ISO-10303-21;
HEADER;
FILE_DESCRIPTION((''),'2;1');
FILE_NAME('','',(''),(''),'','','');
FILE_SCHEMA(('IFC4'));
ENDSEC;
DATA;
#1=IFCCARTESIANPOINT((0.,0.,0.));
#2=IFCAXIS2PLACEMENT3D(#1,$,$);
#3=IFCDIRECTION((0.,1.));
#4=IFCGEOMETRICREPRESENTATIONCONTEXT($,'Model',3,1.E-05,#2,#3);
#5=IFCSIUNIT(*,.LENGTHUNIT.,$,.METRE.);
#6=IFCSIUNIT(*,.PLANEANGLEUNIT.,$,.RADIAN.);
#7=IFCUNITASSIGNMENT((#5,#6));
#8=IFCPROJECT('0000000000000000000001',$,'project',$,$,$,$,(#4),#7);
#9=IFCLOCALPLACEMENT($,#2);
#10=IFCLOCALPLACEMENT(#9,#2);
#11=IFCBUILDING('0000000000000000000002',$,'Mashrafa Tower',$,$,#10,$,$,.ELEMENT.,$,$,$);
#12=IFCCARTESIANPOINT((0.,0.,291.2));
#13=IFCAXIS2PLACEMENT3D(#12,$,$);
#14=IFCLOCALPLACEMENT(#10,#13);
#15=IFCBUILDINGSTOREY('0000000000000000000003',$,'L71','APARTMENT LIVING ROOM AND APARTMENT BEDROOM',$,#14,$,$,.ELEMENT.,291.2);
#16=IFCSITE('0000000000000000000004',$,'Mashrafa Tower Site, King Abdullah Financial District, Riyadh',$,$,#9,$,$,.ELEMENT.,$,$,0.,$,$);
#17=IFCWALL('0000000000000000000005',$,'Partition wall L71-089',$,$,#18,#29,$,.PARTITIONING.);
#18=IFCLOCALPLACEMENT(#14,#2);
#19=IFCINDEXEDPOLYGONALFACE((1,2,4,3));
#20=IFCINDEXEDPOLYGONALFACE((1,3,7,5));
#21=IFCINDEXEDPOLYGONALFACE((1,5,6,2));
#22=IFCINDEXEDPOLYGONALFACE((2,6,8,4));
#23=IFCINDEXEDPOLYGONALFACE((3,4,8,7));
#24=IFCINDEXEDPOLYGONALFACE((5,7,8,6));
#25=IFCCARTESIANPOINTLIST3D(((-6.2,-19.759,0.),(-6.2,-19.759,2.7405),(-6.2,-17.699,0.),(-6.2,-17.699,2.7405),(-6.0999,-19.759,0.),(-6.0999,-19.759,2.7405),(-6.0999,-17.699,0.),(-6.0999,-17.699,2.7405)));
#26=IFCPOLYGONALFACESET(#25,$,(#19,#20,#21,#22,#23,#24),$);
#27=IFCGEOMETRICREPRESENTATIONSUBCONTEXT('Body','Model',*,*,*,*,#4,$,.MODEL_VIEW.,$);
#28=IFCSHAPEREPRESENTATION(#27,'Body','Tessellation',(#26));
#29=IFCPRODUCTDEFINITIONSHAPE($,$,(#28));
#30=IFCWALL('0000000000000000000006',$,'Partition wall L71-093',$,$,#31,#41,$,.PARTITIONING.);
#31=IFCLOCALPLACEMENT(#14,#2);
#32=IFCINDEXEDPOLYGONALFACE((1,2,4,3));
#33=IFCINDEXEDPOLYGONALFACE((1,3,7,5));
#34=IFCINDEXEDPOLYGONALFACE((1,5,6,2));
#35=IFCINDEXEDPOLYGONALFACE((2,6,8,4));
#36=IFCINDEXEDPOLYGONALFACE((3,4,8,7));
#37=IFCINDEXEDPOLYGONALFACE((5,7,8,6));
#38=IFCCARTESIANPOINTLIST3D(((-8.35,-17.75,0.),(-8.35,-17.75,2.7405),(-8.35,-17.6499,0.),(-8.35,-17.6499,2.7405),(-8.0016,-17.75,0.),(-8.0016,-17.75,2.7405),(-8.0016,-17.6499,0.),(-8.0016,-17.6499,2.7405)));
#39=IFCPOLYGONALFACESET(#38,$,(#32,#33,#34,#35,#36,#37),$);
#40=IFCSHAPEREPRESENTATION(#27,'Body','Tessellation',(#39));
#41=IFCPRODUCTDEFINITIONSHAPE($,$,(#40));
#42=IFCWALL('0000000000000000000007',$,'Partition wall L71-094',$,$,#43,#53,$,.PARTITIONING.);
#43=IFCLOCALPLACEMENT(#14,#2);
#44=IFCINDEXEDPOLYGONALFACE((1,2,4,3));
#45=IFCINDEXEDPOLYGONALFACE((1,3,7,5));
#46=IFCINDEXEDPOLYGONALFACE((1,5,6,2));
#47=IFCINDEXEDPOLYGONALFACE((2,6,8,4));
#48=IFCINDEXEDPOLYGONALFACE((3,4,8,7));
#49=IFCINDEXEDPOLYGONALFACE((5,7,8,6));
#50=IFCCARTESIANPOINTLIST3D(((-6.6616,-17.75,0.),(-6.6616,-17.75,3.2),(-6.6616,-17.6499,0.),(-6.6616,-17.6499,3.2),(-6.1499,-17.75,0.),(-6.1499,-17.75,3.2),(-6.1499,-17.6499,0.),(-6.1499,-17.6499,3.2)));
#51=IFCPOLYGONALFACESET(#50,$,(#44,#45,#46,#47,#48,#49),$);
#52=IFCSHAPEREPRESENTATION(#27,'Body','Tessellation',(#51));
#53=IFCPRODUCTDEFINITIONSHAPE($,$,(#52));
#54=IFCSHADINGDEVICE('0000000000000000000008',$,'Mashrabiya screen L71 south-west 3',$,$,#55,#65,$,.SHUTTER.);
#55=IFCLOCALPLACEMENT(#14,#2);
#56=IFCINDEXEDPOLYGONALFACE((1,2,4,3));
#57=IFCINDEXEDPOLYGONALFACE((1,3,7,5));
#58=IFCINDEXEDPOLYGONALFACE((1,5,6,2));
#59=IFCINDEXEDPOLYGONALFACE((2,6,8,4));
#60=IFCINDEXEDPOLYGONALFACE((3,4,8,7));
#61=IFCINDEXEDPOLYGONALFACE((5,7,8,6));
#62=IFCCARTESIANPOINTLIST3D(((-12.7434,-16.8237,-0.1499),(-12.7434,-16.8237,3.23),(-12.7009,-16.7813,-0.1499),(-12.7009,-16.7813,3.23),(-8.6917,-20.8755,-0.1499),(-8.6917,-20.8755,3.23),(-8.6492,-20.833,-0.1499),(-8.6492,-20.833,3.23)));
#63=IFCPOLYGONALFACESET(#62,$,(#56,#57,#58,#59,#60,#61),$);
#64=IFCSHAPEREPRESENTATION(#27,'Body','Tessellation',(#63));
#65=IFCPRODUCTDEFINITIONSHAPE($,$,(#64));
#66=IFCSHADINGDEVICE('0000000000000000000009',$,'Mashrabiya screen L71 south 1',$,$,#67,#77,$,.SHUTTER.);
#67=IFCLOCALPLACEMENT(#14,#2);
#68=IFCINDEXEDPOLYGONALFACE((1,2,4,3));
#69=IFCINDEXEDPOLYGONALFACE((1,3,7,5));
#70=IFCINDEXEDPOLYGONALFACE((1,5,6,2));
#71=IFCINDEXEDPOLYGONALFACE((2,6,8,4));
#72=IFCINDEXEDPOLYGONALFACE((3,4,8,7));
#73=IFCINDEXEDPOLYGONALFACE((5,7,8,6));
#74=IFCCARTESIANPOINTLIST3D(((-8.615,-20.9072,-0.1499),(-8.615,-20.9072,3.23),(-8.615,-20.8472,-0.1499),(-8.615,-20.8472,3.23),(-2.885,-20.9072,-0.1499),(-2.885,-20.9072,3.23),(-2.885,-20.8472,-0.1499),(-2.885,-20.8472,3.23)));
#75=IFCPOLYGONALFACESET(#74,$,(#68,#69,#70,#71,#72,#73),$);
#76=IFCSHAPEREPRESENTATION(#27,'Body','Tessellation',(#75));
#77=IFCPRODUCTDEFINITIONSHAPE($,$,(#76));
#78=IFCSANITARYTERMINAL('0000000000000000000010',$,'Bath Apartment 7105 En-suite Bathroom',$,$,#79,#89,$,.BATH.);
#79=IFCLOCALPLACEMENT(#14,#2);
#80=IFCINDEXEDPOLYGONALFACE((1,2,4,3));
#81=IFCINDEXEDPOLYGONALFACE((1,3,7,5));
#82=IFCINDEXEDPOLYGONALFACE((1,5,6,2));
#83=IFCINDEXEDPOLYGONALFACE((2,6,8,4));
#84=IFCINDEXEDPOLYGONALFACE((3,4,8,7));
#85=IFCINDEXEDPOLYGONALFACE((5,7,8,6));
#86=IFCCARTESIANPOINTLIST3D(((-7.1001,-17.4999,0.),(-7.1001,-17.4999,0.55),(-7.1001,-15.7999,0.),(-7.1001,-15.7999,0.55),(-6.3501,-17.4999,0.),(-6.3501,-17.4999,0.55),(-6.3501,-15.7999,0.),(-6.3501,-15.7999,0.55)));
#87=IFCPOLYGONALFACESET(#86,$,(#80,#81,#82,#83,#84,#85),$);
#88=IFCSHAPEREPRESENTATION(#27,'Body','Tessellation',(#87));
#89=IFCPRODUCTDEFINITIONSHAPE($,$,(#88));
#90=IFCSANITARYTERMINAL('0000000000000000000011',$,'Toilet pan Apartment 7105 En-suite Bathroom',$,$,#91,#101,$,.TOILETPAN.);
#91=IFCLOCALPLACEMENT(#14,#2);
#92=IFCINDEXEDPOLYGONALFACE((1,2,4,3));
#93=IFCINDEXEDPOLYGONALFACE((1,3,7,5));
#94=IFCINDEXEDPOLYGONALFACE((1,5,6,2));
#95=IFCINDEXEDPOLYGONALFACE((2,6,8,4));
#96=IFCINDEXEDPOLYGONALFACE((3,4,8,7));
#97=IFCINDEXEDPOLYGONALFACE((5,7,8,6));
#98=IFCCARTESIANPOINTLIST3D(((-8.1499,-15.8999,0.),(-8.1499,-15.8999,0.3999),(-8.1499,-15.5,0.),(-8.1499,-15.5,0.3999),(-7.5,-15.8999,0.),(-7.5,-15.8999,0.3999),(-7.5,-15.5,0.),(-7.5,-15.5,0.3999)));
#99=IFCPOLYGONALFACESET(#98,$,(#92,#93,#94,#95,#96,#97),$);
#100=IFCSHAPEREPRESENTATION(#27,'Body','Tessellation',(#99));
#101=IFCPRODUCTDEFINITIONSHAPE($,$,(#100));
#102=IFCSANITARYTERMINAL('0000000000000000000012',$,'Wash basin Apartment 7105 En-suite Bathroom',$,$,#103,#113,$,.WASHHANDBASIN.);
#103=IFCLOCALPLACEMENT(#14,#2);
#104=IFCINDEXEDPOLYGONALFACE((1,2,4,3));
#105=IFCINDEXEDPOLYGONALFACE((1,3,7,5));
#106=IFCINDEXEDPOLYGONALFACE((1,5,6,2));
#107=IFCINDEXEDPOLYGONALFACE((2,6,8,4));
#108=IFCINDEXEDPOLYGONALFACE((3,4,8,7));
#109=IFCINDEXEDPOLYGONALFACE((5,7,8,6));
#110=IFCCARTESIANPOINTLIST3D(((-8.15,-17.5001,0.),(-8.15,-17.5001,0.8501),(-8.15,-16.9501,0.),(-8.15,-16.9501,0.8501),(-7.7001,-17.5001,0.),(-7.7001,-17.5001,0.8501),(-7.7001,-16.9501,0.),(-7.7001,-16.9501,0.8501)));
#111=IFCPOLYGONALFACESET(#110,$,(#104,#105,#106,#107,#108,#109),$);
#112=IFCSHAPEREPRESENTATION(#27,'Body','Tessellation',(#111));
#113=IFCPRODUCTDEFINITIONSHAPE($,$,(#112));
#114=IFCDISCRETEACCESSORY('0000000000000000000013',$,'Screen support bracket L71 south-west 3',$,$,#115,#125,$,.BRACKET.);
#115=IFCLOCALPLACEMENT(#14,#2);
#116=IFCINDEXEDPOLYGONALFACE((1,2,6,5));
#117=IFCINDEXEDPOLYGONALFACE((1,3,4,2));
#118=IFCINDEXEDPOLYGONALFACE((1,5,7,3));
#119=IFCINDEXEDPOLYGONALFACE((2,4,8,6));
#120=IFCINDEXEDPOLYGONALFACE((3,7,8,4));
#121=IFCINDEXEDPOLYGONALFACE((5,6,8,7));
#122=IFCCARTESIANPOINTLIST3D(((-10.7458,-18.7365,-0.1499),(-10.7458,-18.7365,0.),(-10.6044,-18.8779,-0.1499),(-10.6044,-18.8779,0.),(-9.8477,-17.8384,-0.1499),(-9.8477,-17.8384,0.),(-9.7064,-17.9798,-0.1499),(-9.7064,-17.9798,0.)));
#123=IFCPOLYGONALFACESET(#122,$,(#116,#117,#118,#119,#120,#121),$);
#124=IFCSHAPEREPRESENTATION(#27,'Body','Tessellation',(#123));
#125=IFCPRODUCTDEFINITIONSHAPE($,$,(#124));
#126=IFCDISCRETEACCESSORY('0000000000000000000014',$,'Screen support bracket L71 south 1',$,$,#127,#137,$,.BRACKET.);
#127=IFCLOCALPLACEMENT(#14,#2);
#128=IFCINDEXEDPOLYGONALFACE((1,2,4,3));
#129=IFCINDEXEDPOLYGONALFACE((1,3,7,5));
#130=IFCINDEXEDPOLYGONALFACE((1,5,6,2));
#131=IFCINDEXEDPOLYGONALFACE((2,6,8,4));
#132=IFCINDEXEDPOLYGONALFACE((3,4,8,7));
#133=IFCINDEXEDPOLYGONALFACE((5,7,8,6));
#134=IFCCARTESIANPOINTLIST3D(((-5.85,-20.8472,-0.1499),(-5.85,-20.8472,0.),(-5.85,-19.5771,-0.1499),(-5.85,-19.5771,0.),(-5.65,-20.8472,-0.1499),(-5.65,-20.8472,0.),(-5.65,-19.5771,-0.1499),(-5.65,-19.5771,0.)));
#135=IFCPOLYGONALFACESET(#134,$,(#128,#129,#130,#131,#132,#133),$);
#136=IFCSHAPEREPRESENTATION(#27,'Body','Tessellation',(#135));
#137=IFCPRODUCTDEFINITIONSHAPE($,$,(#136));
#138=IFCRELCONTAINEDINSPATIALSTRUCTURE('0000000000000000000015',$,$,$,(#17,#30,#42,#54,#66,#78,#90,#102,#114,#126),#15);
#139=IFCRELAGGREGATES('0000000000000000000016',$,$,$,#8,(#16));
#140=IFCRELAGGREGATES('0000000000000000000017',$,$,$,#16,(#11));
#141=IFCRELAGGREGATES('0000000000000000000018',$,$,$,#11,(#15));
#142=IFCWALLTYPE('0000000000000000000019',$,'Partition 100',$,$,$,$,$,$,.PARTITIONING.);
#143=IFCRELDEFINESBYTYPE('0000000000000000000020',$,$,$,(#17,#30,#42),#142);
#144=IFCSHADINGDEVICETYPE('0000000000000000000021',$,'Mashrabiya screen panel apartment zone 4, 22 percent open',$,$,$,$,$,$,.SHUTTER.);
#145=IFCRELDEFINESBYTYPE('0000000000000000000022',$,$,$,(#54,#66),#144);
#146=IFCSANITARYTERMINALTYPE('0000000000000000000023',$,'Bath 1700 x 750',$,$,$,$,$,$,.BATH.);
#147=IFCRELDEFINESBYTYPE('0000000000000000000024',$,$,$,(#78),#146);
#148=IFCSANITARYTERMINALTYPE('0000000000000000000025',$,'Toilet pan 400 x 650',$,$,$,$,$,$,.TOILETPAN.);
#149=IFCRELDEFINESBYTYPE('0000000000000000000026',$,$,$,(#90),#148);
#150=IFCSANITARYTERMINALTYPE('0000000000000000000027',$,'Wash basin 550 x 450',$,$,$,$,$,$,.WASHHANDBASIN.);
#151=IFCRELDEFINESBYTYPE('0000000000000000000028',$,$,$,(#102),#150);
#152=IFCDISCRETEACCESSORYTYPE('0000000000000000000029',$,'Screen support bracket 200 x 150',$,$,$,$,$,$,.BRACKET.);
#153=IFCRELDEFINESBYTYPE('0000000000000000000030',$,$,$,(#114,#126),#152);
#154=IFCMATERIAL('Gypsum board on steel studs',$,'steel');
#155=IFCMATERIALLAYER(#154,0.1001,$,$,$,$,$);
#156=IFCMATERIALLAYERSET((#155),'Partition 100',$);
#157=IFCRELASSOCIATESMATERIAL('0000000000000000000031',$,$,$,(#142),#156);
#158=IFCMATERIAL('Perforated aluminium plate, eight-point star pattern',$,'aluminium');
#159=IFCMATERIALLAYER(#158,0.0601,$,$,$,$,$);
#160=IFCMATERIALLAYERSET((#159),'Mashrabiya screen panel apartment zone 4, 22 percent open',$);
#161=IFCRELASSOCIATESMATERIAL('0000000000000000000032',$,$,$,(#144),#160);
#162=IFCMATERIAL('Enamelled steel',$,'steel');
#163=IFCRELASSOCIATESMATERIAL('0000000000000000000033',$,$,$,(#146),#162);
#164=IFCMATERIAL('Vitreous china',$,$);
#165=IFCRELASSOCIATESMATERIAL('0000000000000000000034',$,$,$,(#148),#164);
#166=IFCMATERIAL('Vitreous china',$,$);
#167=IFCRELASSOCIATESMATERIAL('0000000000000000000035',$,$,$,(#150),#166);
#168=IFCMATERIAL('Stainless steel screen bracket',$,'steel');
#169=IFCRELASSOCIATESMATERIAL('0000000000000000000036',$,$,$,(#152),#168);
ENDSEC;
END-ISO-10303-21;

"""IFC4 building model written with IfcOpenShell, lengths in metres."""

from ifc_helpers import new_model, si_unit, direction, frame, frame_2d, origin, origin_2d, place, context, subcontext, project, spatial, rectangle, extrude, source, transform, mapped, material, layer, layer_set, type_object, type_shapes, element, save


model = new_model("IFC4")

# Units and contexts
model_context = context("Model", 3, precision=1e-05, world=origin(), true_north=direction((0.0, 1.0)))
body_context = subcontext(model_context, "Body", "Model", "MODEL_VIEW")
ifc_project = project(units=[si_unit("LENGTHUNIT", "METRE"), si_unit("PLANEANGLEUNIT", "RADIAN")], contexts=[model_context])

# Site, building, storey
site_placement = place(None, origin())
site = spatial("IfcSite", under=ifc_project, at=site_placement, Name="Mashrafa Tower Site, King Abdullah Financial District, Riyadh", CompositionType="ELEMENT", RefElevation=0.0)
building_placement = place(site_placement, origin())
building = spatial("IfcBuilding", under=site, at=building_placement, Name="Mashrafa Tower", CompositionType="ELEMENT")
storey_placement = place(building_placement, frame((0.0, 0.0, 291.2)))
storey = spatial("IfcBuildingStorey", under=building, at=storey_placement, Name="L71", Description="APARTMENT LIVING ROOM AND APARTMENT BEDROOM", CompositionType="ELEMENT", Elevation=291.2)

# Walls
ifc_material_1 = material(Name="Gypsum board on steel studs", Category="steel")
ifc_layer_1 = layer(ifc_material_1, 0.1001)
ifc_layer_set_1 = layer_set([ifc_layer_1], Name="Partition 100")
wall_type = type_object("IfcWallType", Name="Partition 100", PredefinedType="PARTITIONING", material=ifc_layer_set_1)
wall_1_placement = place(storey_placement, frame((-6.1499, -17.699, 0.0), z_axis=(0.0, 0.0, 1.0), x_axis=(0.0, -1.0, 0.0)))
element("IfcWall", 1, at=wall_1_placement, inside=storey, type_object=wall_type, Name="Partition wall L71-089", PredefinedType="PARTITIONING", context=body_context, shape_type="SweptSolid", body=[
    extrude(rectangle(XDim=2.0601, YDim=0.1001, at=frame_2d((1.03, 0.0))), origin(), (0.0, 0.0, 1.0), 2.7405),
])
wall_2_placement = place(storey_placement, frame((-8.3501, -17.7, 0.0), z_axis=(0.0, 0.0, 1.0), x_axis=(1.0, 0.0, 0.0)))
element("IfcWall", 2, at=wall_2_placement, inside=storey, type_object=wall_type, Name="Partition wall L71-093", PredefinedType="PARTITIONING", context=body_context, shape_type="SweptSolid", body=[
    extrude(rectangle(XDim=0.3484, YDim=0.1001, at=frame_2d((0.1743, 0.0))), origin(), (0.0, 0.0, 1.0), 2.7405),
])
wall_3_placement = place(storey_placement, frame((-6.6616, -17.7, 0.0), z_axis=(0.0, 0.0, 1.0), x_axis=(1.0, 0.0, 0.0)))
element("IfcWall", 3, at=wall_3_placement, inside=storey, type_object=wall_type, Name="Partition wall L71-094", PredefinedType="PARTITIONING", context=body_context, shape_type="SweptSolid", body=[
    extrude(rectangle(XDim=0.5117, YDim=0.1001, at=frame_2d((0.2559, 0.0))), origin(), (0.0, 0.0, 1.0), 3.2),
])

# Shading devices
ifc_material_2 = material(Name="Perforated aluminium plate, eight-point star pattern", Category="aluminium")
ifc_layer_2 = layer(ifc_material_2, 0.0601)
ifc_layer_set_2 = layer_set([ifc_layer_2], Name="Mashrabiya screen panel apartment zone 4, 22 percent open")
shading_device_type = type_object("IfcShadingDeviceType", Name="Mashrabiya screen panel apartment zone 4, 22 percent open", PredefinedType="SHUTTER", material=ifc_layer_set_2)
shared_shape_1 = source(origin(), body_context, "Body", "SweptSolid", [
    extrude(rectangle(XDim=5.73, YDim=0.0601, at=origin_2d()), origin(), (0.0, 0.0, 1.0), 3.3799),
])
type_shapes(shading_device_type, [shared_shape_1])
for number, where, z_axis, x_axis, name in (
    (4, (-10.6963, -18.8284, -0.1499), (0.0, 0.0, 1.0), (0.707107, -0.707107, 0.0), "Mashrabiya screen L71 south-west 3"),
    (5, (-5.75, -20.8772, -0.1499), (0.0, 0.0, 1.0), (1.0, 0.0, 0.0), "Mashrabiya screen L71 south 1"),
):
    element("IfcShadingDevice", number, at=place(storey_placement, frame(where, z_axis=z_axis, x_axis=x_axis)), inside=storey, type_object=shading_device_type, Name=name, PredefinedType="SHUTTER", context=body_context, shape_type="MappedRepresentation", body=[
        mapped(shared_shape_1, transform((0.0, 0.0, 0.0))),
    ])

# Sanitary terminals
ifc_material_3 = material(Name="Enamelled steel", Category="steel")
sanitary_terminal_type_1 = type_object("IfcSanitaryTerminalType", Name="Bath 1700 x 750", PredefinedType="BATH", material=ifc_material_3)
sanitary_terminal_1_placement = place(storey_placement, frame((-6.7251, -16.6499, 0.0), z_axis=(0.0, 0.0, 1.0), x_axis=(0.0, 1.0, 0.0)))
element("IfcSanitaryTerminal", 6, at=sanitary_terminal_1_placement, inside=storey, type_object=sanitary_terminal_type_1, Name="Bath Apartment 7105 En-suite Bathroom", PredefinedType="BATH", context=body_context, shape_type="SweptSolid", body=[
    extrude(rectangle(XDim=1.7, YDim=0.75, at=origin_2d()), origin(), (0.0, 0.0, 1.0), 0.55),
])
ifc_material_4 = material(Name="Vitreous china")
sanitary_terminal_type_2 = type_object("IfcSanitaryTerminalType", Name="Toilet pan 400 x 650", PredefinedType="TOILETPAN", material=ifc_material_4)
sanitary_terminal_2_placement = place(storey_placement, frame((-7.825, -15.7, 0.0), z_axis=(0.0, 0.0, 1.0), x_axis=(0.0, -1.0, 0.0)))
element("IfcSanitaryTerminal", 7, at=sanitary_terminal_2_placement, inside=storey, type_object=sanitary_terminal_type_2, Name="Toilet pan Apartment 7105 En-suite Bathroom", PredefinedType="TOILETPAN", context=body_context, shape_type="SweptSolid", body=[
    extrude(rectangle(XDim=0.3999, YDim=0.6499, at=origin_2d()), origin(), (0.0, 0.0, 1.0), 0.3999),
])
ifc_material_5 = material(Name="Vitreous china")
sanitary_terminal_type_3 = type_object("IfcSanitaryTerminalType", Name="Wash basin 550 x 450", PredefinedType="WASHHANDBASIN", material=ifc_material_5)
sanitary_terminal_3_placement = place(storey_placement, frame((-7.925, -17.2251, 0.0), z_axis=(0.0, 0.0, 1.0), x_axis=(0.0, -1.0, 0.0)))
element("IfcSanitaryTerminal", 8, at=sanitary_terminal_3_placement, inside=storey, type_object=sanitary_terminal_type_3, Name="Wash basin Apartment 7105 En-suite Bathroom", PredefinedType="WASHHANDBASIN", context=body_context, shape_type="SweptSolid", body=[
    extrude(rectangle(XDim=0.55, YDim=0.45, at=origin_2d()), origin(), (0.0, 0.0, 1.0), 0.8501),
])

# Discrete accessories
ifc_material_6 = material(Name="Stainless steel screen bracket", Category="steel")
discrete_accessory_type = type_object("IfcDiscreteAccessoryType", Name="Screen support bracket 200 x 150", PredefinedType="BRACKET", material=ifc_material_6)
shared_shape_2 = source(origin(), body_context, "Body", "SweptSolid", [
    extrude(rectangle(XDim=0.2, YDim=1.27, at=origin_2d()), origin(), (0.0, 0.0, 1.0), 0.1499),
])
type_shapes(discrete_accessory_type, [shared_shape_2])
for number, where, z_axis, x_axis, name in (
    (9, (-10.2261, -18.3582, -0.1499), (0.0, 0.0, 1.0), (0.707107, -0.707107, 0.0), "Screen support bracket L71 south-west 3"),
    (10, (-5.75, -20.2122, -0.1499), (0.0, 0.0, 1.0), (1.0, 0.0, 0.0), "Screen support bracket L71 south 1"),
):
    element("IfcDiscreteAccessory", number, at=place(storey_placement, frame(where, z_axis=z_axis, x_axis=x_axis)), inside=storey, type_object=discrete_accessory_type, Name=name, PredefinedType="BRACKET", context=body_context, shape_type="MappedRepresentation", body=[
        mapped(shared_shape_2, transform((0.0, 0.0, 0.0))),
    ])

save(model, "model.ifc")
